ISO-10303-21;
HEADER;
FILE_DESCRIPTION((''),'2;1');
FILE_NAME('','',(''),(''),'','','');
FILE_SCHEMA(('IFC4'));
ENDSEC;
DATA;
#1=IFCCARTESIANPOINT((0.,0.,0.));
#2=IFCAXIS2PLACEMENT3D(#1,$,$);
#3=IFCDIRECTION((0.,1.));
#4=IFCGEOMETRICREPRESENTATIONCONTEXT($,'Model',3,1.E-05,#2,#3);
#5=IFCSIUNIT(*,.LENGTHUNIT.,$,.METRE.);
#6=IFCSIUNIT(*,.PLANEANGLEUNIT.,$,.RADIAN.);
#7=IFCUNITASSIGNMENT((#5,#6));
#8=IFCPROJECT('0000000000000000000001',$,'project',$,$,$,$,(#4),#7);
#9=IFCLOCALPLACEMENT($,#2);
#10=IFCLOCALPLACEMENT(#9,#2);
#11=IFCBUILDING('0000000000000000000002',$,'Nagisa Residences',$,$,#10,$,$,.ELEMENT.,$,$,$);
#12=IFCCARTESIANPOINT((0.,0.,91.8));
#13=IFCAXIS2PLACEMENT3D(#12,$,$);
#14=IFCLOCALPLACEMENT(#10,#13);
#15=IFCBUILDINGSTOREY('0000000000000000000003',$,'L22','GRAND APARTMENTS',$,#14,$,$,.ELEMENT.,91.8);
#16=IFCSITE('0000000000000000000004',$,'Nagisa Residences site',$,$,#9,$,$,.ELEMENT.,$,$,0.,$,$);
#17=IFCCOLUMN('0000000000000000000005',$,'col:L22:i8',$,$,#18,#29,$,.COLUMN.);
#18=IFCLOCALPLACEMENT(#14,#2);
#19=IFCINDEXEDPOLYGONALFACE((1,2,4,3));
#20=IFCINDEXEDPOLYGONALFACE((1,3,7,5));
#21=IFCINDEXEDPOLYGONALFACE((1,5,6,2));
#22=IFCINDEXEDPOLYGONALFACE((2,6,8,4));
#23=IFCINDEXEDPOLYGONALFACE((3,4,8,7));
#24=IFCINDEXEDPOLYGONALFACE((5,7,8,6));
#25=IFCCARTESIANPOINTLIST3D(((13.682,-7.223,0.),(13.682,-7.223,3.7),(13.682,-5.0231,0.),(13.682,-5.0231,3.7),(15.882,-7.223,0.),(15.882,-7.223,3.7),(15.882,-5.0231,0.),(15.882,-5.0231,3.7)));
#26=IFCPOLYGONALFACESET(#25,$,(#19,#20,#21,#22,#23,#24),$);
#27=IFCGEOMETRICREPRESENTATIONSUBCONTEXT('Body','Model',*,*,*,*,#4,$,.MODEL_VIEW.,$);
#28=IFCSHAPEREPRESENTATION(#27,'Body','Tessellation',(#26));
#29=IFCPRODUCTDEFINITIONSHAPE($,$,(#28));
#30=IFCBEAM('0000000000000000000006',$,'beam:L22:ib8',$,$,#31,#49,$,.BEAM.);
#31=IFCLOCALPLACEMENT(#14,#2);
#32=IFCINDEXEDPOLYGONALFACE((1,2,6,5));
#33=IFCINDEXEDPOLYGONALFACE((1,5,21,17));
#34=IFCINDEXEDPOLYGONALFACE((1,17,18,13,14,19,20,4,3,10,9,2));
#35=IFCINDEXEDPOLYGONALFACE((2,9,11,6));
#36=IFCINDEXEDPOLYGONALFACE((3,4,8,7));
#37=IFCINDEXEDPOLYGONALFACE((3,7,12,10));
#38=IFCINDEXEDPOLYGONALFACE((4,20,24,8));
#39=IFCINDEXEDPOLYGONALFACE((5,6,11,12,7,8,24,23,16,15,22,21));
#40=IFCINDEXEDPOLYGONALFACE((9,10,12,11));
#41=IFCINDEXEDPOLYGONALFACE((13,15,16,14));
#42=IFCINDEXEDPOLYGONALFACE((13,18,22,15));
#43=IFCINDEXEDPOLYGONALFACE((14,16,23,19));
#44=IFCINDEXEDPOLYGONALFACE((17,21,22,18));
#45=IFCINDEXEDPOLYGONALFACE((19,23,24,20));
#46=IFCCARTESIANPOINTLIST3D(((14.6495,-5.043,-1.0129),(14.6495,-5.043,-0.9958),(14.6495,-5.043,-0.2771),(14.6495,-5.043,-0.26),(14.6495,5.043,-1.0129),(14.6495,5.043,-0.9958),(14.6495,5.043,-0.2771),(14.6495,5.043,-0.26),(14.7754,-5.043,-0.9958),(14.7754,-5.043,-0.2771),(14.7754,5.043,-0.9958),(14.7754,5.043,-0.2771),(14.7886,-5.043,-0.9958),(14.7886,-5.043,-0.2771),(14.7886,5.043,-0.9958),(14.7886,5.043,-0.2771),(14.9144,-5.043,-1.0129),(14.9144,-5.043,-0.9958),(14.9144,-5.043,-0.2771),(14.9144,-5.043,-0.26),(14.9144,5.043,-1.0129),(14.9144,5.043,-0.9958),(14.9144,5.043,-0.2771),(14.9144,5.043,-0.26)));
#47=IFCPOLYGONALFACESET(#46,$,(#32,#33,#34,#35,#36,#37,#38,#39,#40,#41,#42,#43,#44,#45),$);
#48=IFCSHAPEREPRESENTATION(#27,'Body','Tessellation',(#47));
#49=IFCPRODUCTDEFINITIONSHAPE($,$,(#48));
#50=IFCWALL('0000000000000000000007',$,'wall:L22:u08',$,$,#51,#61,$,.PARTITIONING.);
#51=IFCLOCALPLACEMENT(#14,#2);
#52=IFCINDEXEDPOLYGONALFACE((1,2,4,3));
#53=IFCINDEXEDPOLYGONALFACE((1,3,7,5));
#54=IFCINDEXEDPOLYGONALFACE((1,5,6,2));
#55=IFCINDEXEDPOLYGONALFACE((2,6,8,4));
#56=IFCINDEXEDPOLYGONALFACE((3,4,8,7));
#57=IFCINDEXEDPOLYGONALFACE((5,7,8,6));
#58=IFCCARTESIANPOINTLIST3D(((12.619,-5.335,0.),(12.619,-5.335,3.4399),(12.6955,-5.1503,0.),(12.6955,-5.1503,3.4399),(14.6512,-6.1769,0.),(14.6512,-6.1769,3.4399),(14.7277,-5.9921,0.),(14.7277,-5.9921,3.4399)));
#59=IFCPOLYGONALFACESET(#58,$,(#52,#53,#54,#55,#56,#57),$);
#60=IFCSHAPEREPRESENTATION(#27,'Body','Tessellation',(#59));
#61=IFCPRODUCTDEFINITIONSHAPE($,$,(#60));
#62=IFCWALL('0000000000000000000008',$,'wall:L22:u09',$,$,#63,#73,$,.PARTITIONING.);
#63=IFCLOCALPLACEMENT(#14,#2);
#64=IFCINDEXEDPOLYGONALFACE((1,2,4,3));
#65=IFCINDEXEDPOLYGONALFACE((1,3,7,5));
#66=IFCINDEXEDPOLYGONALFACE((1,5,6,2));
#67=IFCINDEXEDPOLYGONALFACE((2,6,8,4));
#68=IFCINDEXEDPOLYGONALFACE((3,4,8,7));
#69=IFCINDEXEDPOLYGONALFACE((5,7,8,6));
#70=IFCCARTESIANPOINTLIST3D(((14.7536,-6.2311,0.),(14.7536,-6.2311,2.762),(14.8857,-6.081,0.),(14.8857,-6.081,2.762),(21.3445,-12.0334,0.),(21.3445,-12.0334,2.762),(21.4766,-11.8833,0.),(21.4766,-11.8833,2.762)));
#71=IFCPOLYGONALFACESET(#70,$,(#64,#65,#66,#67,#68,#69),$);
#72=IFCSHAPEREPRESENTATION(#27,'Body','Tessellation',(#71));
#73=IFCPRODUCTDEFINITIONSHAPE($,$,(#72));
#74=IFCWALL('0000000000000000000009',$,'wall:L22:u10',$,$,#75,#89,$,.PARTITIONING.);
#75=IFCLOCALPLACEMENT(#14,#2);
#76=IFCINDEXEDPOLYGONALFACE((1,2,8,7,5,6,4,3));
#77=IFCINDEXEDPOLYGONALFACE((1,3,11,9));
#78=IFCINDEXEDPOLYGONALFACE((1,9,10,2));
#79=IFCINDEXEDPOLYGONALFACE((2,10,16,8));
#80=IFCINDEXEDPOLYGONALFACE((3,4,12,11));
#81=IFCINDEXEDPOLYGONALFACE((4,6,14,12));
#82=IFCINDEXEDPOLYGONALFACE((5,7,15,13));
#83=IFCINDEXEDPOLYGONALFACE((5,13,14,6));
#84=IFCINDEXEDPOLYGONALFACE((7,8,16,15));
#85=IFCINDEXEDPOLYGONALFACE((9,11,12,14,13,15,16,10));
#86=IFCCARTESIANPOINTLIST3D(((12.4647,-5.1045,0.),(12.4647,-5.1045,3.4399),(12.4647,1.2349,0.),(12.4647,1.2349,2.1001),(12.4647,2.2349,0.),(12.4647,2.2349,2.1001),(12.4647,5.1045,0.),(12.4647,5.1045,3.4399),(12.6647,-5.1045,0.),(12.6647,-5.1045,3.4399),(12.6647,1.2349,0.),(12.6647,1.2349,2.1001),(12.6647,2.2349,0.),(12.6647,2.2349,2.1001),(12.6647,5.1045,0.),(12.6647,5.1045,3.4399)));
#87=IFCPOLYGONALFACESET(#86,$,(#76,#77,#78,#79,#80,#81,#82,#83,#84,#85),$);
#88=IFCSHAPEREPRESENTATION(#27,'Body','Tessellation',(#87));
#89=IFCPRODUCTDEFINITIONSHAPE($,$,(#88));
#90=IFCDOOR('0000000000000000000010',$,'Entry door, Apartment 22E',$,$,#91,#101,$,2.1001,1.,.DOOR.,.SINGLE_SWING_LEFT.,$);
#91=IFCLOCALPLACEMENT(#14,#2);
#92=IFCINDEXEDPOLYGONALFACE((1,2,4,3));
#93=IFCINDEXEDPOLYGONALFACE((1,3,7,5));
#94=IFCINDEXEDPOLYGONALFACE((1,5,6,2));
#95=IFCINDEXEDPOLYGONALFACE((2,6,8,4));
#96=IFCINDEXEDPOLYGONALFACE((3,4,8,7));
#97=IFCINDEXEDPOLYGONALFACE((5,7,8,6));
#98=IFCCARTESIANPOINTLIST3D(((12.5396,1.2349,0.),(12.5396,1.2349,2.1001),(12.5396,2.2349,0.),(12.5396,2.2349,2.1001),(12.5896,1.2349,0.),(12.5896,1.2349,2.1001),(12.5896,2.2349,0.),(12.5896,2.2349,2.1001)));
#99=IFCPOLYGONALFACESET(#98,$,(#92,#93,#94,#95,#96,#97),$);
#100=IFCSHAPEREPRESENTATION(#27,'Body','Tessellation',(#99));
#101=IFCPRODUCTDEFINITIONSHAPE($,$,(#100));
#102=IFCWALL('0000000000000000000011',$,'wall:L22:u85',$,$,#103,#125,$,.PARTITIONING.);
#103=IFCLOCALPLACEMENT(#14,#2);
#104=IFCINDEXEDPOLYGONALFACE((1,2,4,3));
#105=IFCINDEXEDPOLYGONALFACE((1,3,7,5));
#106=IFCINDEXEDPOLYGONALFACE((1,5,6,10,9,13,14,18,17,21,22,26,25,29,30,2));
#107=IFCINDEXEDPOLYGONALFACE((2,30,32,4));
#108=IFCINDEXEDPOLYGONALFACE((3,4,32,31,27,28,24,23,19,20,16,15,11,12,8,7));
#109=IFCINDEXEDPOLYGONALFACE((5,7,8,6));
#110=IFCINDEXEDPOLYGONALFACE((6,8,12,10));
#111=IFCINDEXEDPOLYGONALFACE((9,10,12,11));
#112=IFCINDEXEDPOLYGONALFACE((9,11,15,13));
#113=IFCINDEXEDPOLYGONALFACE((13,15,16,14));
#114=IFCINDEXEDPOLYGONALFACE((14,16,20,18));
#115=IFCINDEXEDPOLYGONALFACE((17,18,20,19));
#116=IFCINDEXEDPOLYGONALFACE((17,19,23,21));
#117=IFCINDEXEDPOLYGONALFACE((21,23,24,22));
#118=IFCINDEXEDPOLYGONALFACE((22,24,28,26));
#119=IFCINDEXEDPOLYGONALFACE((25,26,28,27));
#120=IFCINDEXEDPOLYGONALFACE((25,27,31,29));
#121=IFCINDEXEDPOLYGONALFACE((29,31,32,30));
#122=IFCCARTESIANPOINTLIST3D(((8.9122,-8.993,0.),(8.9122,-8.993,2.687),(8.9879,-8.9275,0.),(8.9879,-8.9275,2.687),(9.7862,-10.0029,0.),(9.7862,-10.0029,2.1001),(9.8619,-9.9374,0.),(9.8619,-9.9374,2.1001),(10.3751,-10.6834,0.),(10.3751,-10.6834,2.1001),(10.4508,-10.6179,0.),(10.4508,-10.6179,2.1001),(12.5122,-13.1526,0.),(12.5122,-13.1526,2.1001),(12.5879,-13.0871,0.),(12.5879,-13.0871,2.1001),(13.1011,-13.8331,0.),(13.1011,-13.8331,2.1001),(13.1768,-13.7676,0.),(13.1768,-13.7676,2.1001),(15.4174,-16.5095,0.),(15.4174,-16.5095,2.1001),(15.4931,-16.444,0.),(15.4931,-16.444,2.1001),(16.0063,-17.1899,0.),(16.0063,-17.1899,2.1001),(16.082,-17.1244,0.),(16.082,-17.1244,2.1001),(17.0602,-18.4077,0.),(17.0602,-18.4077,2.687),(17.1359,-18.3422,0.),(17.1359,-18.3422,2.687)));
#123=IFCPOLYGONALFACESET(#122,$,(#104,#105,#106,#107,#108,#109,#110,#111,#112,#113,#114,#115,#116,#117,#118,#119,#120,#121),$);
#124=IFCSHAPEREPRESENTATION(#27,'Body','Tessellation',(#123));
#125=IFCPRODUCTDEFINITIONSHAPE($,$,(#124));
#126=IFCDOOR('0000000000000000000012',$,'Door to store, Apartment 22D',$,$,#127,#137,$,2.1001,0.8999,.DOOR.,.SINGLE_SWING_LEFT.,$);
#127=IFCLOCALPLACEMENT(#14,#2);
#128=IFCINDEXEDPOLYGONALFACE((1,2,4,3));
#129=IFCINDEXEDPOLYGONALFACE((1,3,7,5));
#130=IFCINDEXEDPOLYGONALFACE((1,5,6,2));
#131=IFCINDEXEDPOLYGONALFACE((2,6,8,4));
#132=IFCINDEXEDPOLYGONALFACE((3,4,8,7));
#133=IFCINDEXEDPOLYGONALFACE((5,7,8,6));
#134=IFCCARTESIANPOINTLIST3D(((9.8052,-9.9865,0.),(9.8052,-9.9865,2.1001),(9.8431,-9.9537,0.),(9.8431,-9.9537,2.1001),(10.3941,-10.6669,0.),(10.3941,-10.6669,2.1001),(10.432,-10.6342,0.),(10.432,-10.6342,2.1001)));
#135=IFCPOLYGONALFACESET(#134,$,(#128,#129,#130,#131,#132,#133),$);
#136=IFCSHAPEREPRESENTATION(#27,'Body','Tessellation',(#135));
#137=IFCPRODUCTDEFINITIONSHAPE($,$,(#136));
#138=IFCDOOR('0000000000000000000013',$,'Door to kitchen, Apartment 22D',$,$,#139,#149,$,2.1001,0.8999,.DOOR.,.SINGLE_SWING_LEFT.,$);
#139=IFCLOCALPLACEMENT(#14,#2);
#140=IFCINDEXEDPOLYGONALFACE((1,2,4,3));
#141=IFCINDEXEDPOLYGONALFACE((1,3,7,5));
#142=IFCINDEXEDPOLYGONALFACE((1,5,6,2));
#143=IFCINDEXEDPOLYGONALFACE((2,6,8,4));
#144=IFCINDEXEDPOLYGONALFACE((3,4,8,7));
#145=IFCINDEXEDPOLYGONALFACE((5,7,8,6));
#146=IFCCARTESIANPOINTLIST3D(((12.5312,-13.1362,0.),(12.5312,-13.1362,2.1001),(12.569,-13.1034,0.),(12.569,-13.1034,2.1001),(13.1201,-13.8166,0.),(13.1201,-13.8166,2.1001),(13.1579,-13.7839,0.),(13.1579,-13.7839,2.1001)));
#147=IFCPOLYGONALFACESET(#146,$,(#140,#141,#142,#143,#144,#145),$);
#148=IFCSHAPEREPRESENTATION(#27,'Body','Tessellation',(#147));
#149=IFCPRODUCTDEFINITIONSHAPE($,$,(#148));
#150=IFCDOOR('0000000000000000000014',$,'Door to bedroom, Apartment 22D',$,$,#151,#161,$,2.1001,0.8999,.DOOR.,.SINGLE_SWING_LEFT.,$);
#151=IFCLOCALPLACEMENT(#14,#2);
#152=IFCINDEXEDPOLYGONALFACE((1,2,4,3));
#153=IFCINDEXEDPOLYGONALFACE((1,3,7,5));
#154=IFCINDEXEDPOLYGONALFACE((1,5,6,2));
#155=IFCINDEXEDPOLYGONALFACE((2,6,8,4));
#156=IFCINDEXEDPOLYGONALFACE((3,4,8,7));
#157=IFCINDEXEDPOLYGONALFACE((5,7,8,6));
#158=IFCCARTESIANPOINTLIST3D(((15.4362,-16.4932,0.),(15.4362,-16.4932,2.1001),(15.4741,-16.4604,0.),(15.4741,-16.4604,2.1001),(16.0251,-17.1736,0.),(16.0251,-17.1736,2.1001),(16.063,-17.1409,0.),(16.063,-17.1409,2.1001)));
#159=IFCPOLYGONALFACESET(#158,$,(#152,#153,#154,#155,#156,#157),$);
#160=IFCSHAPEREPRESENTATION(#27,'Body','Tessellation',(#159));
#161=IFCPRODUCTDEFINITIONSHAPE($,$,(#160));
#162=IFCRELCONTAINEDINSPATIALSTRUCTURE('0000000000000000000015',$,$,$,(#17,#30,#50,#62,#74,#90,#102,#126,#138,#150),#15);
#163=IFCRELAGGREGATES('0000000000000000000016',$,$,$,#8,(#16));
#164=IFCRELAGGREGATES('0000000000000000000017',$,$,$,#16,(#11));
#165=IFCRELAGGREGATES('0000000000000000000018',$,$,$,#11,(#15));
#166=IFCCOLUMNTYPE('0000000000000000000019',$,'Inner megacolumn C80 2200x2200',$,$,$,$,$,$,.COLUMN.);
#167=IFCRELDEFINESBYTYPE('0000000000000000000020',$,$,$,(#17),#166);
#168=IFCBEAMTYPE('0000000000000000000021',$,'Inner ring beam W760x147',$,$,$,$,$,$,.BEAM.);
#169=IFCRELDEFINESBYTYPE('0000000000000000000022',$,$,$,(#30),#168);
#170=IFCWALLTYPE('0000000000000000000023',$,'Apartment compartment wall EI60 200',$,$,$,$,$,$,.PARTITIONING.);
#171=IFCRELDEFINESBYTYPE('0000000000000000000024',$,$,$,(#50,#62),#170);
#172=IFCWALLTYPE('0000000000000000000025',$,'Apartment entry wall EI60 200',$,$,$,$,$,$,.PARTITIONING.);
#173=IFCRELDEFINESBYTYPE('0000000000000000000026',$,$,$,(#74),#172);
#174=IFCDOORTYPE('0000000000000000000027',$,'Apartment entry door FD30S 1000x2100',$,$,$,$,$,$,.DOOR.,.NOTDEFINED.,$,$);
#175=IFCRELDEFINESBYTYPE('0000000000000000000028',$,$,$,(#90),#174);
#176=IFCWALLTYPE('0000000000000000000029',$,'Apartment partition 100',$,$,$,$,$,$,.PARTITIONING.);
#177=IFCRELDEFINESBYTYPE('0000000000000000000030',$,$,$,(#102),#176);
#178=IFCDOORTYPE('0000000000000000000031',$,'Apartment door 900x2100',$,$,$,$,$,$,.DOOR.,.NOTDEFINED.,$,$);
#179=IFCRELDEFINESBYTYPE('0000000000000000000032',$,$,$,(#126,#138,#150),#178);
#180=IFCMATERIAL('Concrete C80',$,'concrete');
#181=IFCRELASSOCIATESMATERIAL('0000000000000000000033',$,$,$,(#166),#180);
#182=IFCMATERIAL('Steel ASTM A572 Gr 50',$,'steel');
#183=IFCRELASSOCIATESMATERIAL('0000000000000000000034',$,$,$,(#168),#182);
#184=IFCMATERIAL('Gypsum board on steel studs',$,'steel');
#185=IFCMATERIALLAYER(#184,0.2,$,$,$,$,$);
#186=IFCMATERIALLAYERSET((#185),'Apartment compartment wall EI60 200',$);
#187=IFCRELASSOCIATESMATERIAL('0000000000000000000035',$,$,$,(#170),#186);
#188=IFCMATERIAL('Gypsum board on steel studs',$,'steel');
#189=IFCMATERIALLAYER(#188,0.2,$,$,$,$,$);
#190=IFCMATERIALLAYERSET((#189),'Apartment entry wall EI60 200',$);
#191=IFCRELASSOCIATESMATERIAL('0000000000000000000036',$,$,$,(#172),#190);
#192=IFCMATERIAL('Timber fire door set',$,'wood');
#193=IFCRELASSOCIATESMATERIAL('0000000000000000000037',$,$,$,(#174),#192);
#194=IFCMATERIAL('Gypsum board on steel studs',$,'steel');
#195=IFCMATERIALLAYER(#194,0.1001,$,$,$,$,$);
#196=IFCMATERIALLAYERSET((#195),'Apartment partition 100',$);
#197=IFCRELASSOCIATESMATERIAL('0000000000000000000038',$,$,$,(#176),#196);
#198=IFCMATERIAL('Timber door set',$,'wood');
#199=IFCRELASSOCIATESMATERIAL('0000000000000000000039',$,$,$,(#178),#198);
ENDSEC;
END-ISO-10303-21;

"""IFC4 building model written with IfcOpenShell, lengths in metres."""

from ifc_helpers import new_model, si_unit, direction, frame, frame_2d, origin, origin_2d, place, context, subcontext, project, spatial, rectangle, i_section, extrude, material, layer, layer_set, material_profile, profile_set, type_object, element, fill, save


model = new_model("IFC4")

# Units and contexts
model_context = context("Model", 3, precision=1e-05, world=origin(), true_north=direction((0.0, 1.0)))
body_context = subcontext(model_context, "Body", "Model", "MODEL_VIEW")
ifc_project = project(units=[si_unit("LENGTHUNIT", "METRE"), si_unit("PLANEANGLEUNIT", "RADIAN")], contexts=[model_context])

# Site, building, storey
site_placement = place(None, origin())
site = spatial("IfcSite", under=ifc_project, at=site_placement, Name="Nagisa Residences site", CompositionType="ELEMENT", RefElevation=0.0)
building_placement = place(site_placement, origin())
building = spatial("IfcBuilding", under=site, at=building_placement, Name="Nagisa Residences", CompositionType="ELEMENT")
storey_placement = place(building_placement, frame((0.0, 0.0, 91.8)))
storey = spatial("IfcBuildingStorey", under=building, at=storey_placement, Name="L22", Description="GRAND APARTMENTS", CompositionType="ELEMENT", Elevation=91.8)

# Column
ifc_material_1 = material(Name="Concrete C80", Category="concrete")
ifc_material_profile_1 = material_profile(ifc_material_1, rectangle(XDim=2.2, YDim=2.2, at=origin_2d()), Name="C80 2200x2200")
ifc_profile_set_1 = profile_set([ifc_material_profile_1], Name="Concrete C80")
column_type = type_object("IfcColumnType", Name="Inner megacolumn C80 2200x2200", PredefinedType="COLUMN", material=ifc_profile_set_1)
column_placement = place(storey_placement, frame((14.782, -6.123, 0.0), z_axis=(0.0, 0.0, 1.0), x_axis=(1.0, 0.0, 0.0)))
element("IfcColumn", 1, at=column_placement, inside=storey, type_object=column_type, Name="col:L22:i8", PredefinedType="COLUMN", context=body_context, shape_type="SweptSolid", body=[
    extrude(rectangle(XDim=2.2, YDim=2.2, at=origin_2d()), origin(), (0.0, 0.0, 1.0), 3.7),
])

# Beam
ifc_material_2 = material(Name="Steel ASTM A572 Gr 50", Category="steel")
ifc_material_profile_2 = material_profile(ifc_material_2, i_section(OverallWidth=0.2649, OverallDepth=0.7529, WebThickness=0.0132, FlangeThickness=0.0171, at=origin_2d()), Name="W760x147")
ifc_profile_set_2 = profile_set([ifc_material_profile_2], Name="Steel ASTM A572 Gr 50")
beam_type = type_object("IfcBeamType", Name="Inner ring beam W760x147", PredefinedType="BEAM", material=ifc_profile_set_2)
beam_placement = place(storey_placement, frame((14.782, -5.043, -0.6365), z_axis=(0.0, 1.0, 0.0), x_axis=(-1.0, 0.0, 0.0)))
element("IfcBeam", 2, at=beam_placement, inside=storey, type_object=beam_type, Name="beam:L22:ib8", PredefinedType="BEAM", context=body_context, shape_type="SweptSolid", body=[
    extrude(i_section(OverallWidth=0.2649, OverallDepth=0.7529, WebThickness=0.0132, FlangeThickness=0.0171, at=origin_2d()), origin(), (0.0, 0.0, 1.0), 10.0859),
])

# Walls
ifc_material_3 = material(Name="Gypsum board on steel studs", Category="steel")
ifc_layer_1 = layer(ifc_material_3, 0.2)
ifc_layer_set_1 = layer_set([ifc_layer_1], Name="Apartment compartment wall EI60 200")
wall_type_1 = type_object("IfcWallType", Name="Apartment compartment wall EI60 200", PredefinedType="PARTITIONING", material=ifc_layer_set_1)
wall_1_placement = place(storey_placement, frame((12.6572, -5.2427, 0.0), z_axis=(0.0, 0.0, 1.0), x_axis=(0.923876, -0.382692, 0.0)))
element("IfcWall", 3, at=wall_1_placement, inside=storey, type_object=wall_type_1, Name="wall:L22:u08", PredefinedType="PARTITIONING", context=body_context, shape_type="SweptSolid", body=[
    extrude(rectangle(XDim=2.1997, YDim=0.2, at=frame_2d((1.0999, 0.0))), origin(), (0.0, 0.0, 1.0), 3.4399),
])
wall_2_placement = place(storey_placement, frame((14.8196, -6.156, 0.0), z_axis=(0.0, 0.0, 1.0), x_axis=(0.750582, -0.660777, 0.0)))
element("IfcWall", 4, at=wall_2_placement, inside=storey, type_object=wall_type_1, Name="wall:L22:u09", PredefinedType="PARTITIONING", context=body_context, shape_type="SweptSolid", body=[
    extrude(rectangle(XDim=8.781, YDim=0.2, at=frame_2d((4.3906, 0.0))), origin(), (0.0, 0.0, 1.0), 2.762),
])

# Wall, opening, door
ifc_material_4 = material(Name="Gypsum board on steel studs", Category="steel")
ifc_layer_2 = layer(ifc_material_4, 0.2)
ifc_layer_set_2 = layer_set([ifc_layer_2], Name="Apartment entry wall EI60 200")
wall_type_2 = type_object("IfcWallType", Name="Apartment entry wall EI60 200", PredefinedType="PARTITIONING", material=ifc_layer_set_2)
wall_3_placement = place(storey_placement, frame((12.5647, -5.1045, 0.0), z_axis=(0.0, 0.0, 1.0), x_axis=(0.0, 1.0, 0.0)))
wall_3 = element("IfcWall", 5, at=wall_3_placement, inside=storey, type_object=wall_type_2, Name="wall:L22:u10", PredefinedType="PARTITIONING", context=body_context, shape_type="SweptSolid", body=[
    extrude(rectangle(XDim=10.209, YDim=0.2, at=frame_2d((5.1045, 0.0))), origin(), (0.0, 0.0, 1.0), 3.4399),
])
opening_1_placement = place(wall_3_placement, frame((6.3394, 0.0, 0.0)))
opening_1 = element("IfcOpeningElement", 6, at=opening_1_placement, cuts=wall_3, PredefinedType="OPENING", context=body_context, shape_type="SweptSolid", body=[
    extrude(rectangle(XDim=1.0, YDim=2.1001, at=frame_2d((0.5, 1.05))), frame((0.0, 0.1099, 0.0), z_axis=(0.0, -1.0, 0.0), x_axis=(1.0, 0.0, 0.0)), (0.0, 0.0, 1.0), 0.22),
])
ifc_material_5 = material(Name="Timber fire door set", Category="wood")
door_type_1 = type_object("IfcDoorType", Name="Apartment entry door FD30S 1000x2100", OperationType="NOTDEFINED", PredefinedType="DOOR", material=ifc_material_5)
door_1_placement = place(opening_1_placement, frame((1.0, 0.0, 0.0), x_axis=(-1.0, 0.0, 0.0)))
door_1 = element("IfcDoor", 7, at=door_1_placement, inside=storey, type_object=door_type_1, Name="Entry door, Apartment 22E", OperationType="SINGLE_SWING_LEFT", OverallHeight=2.1001, OverallWidth=1.0, PredefinedType="DOOR", context=body_context, shape_type="SweptSolid", body=[
    extrude(rectangle(XDim=1.0, YDim=2.1001, at=frame_2d((0.5, 1.05))), frame((0.0, 0.0249, 0.0), z_axis=(0.0, -1.0, 0.0), x_axis=(1.0, 0.0, 0.0)), (0.0, 0.0, 1.0), 0.05),
])
fill(opening_1, door_1)

# Wall, openings, doors
ifc_material_6 = material(Name="Gypsum board on steel studs", Category="steel")
ifc_layer_3 = layer(ifc_material_6, 0.1001)
ifc_layer_set_3 = layer_set([ifc_layer_3], Name="Apartment partition 100")
wall_type_3 = type_object("IfcWallType", Name="Apartment partition 100", PredefinedType="PARTITIONING", material=ifc_layer_set_3)
wall_4_placement = place(storey_placement, frame((8.95, -8.9602, 0.0), z_axis=(0.0, 0.0, 1.0), x_axis=(0.654411, -0.756139, 0.0)))
wall_4 = element("IfcWall", 8, at=wall_4_placement, inside=storey, type_object=wall_type_3, Name="wall:L22:u85", PredefinedType="PARTITIONING", context=body_context, shape_type="SweptSolid", body=[
    extrude(rectangle(XDim=12.4509, YDim=0.1001, at=frame_2d((6.2256, 0.0))), origin(), (0.0, 0.0, 1.0), 2.687),
])
opening_2_placement = place(wall_4_placement, frame((1.3357, 0.0, 0.0)))
opening_2 = element("IfcOpeningElement", 9, at=opening_2_placement, cuts=wall_4, PredefinedType="OPENING", context=body_context, shape_type="SweptSolid", body=[
    extrude(rectangle(XDim=0.8999, YDim=2.1001, at=frame_2d((0.45, 1.05))), frame((0.0, 0.0601, 0.0), z_axis=(0.0, -1.0, 0.0), x_axis=(1.0, 0.0, 0.0)), (0.0, 0.0, 1.0), 0.1201),
])
opening_3_placement = place(wall_4_placement, frame((5.5012, 0.0, 0.0)))
opening_3 = element("IfcOpeningElement", 10, at=opening_3_placement, cuts=wall_4, PredefinedType="OPENING", context=body_context, shape_type="SweptSolid", body=[
    extrude(rectangle(XDim=0.8999, YDim=2.1001, at=frame_2d((0.45, 1.05))), frame((0.0, 0.0601, 0.0), z_axis=(0.0, -1.0, 0.0), x_axis=(1.0, 0.0, 0.0)), (0.0, 0.0, 1.0), 0.1201),
])
opening_4_placement = place(wall_4_placement, frame((9.9407, 0.0, 0.0)))
opening_4 = element("IfcOpeningElement", 11, at=opening_4_placement, cuts=wall_4, PredefinedType="OPENING", context=body_context, shape_type="SweptSolid", body=[
    extrude(rectangle(XDim=0.8999, YDim=2.1001, at=frame_2d((0.45, 1.05))), frame((0.0, 0.0601, 0.0), z_axis=(0.0, -1.0, 0.0), x_axis=(1.0, 0.0, 0.0)), (0.0, 0.0, 1.0), 0.1201),
])
ifc_material_7 = material(Name="Timber door set", Category="wood")
door_type_2 = type_object("IfcDoorType", Name="Apartment door 900x2100", OperationType="NOTDEFINED", PredefinedType="DOOR", material=ifc_material_7)
door_2_placement = place(opening_2_placement, frame((0.8999, 0.0, 0.0), x_axis=(-1.0, 0.0, 0.0)))
door_2 = element("IfcDoor", 12, at=door_2_placement, inside=storey, type_object=door_type_2, Name="Door to store, Apartment 22D", OperationType="SINGLE_SWING_LEFT", OverallHeight=2.1001, OverallWidth=0.8999, PredefinedType="DOOR", context=body_context, shape_type="SweptSolid", body=[
    extrude(rectangle(XDim=0.8999, YDim=2.1001, at=frame_2d((0.45, 1.05))), frame((0.0, 0.0249, 0.0), z_axis=(0.0, -1.0, 0.0), x_axis=(1.0, 0.0, 0.0)), (0.0, 0.0, 1.0), 0.05),
])
fill(opening_2, door_2)
door_3_placement = place(opening_3_placement, frame((0.8999, 0.0, 0.0), x_axis=(-1.0, 0.0, 0.0)))
door_3 = element("IfcDoor", 13, at=door_3_placement, inside=storey, type_object=door_type_2, Name="Door to kitchen, Apartment 22D", OperationType="SINGLE_SWING_LEFT", OverallHeight=2.1001, OverallWidth=0.8999, PredefinedType="DOOR", context=body_context, shape_type="SweptSolid", body=[
    extrude(rectangle(XDim=0.8999, YDim=2.1001, at=frame_2d((0.45, 1.05))), frame((0.0, 0.0249, 0.0), z_axis=(0.0, -1.0, 0.0), x_axis=(1.0, 0.0, 0.0)), (0.0, 0.0, 1.0), 0.05),
])
fill(opening_3, door_3)
door_4_placement = place(opening_4_placement, origin())
door_4 = element("IfcDoor", 14, at=door_4_placement, inside=storey, type_object=door_type_2, Name="Door to bedroom, Apartment 22D", OperationType="SINGLE_SWING_LEFT", OverallHeight=2.1001, OverallWidth=0.8999, PredefinedType="DOOR", context=body_context, shape_type="SweptSolid", body=[
    extrude(rectangle(XDim=0.8999, YDim=2.1001, at=frame_2d((0.45, 1.05))), frame((0.0, 0.0249, 0.0), z_axis=(0.0, -1.0, 0.0), x_axis=(1.0, 0.0, 0.0)), (0.0, 0.0, 1.0), 0.05),
])
fill(opening_4, door_4)

save(model, "model.ifc")
